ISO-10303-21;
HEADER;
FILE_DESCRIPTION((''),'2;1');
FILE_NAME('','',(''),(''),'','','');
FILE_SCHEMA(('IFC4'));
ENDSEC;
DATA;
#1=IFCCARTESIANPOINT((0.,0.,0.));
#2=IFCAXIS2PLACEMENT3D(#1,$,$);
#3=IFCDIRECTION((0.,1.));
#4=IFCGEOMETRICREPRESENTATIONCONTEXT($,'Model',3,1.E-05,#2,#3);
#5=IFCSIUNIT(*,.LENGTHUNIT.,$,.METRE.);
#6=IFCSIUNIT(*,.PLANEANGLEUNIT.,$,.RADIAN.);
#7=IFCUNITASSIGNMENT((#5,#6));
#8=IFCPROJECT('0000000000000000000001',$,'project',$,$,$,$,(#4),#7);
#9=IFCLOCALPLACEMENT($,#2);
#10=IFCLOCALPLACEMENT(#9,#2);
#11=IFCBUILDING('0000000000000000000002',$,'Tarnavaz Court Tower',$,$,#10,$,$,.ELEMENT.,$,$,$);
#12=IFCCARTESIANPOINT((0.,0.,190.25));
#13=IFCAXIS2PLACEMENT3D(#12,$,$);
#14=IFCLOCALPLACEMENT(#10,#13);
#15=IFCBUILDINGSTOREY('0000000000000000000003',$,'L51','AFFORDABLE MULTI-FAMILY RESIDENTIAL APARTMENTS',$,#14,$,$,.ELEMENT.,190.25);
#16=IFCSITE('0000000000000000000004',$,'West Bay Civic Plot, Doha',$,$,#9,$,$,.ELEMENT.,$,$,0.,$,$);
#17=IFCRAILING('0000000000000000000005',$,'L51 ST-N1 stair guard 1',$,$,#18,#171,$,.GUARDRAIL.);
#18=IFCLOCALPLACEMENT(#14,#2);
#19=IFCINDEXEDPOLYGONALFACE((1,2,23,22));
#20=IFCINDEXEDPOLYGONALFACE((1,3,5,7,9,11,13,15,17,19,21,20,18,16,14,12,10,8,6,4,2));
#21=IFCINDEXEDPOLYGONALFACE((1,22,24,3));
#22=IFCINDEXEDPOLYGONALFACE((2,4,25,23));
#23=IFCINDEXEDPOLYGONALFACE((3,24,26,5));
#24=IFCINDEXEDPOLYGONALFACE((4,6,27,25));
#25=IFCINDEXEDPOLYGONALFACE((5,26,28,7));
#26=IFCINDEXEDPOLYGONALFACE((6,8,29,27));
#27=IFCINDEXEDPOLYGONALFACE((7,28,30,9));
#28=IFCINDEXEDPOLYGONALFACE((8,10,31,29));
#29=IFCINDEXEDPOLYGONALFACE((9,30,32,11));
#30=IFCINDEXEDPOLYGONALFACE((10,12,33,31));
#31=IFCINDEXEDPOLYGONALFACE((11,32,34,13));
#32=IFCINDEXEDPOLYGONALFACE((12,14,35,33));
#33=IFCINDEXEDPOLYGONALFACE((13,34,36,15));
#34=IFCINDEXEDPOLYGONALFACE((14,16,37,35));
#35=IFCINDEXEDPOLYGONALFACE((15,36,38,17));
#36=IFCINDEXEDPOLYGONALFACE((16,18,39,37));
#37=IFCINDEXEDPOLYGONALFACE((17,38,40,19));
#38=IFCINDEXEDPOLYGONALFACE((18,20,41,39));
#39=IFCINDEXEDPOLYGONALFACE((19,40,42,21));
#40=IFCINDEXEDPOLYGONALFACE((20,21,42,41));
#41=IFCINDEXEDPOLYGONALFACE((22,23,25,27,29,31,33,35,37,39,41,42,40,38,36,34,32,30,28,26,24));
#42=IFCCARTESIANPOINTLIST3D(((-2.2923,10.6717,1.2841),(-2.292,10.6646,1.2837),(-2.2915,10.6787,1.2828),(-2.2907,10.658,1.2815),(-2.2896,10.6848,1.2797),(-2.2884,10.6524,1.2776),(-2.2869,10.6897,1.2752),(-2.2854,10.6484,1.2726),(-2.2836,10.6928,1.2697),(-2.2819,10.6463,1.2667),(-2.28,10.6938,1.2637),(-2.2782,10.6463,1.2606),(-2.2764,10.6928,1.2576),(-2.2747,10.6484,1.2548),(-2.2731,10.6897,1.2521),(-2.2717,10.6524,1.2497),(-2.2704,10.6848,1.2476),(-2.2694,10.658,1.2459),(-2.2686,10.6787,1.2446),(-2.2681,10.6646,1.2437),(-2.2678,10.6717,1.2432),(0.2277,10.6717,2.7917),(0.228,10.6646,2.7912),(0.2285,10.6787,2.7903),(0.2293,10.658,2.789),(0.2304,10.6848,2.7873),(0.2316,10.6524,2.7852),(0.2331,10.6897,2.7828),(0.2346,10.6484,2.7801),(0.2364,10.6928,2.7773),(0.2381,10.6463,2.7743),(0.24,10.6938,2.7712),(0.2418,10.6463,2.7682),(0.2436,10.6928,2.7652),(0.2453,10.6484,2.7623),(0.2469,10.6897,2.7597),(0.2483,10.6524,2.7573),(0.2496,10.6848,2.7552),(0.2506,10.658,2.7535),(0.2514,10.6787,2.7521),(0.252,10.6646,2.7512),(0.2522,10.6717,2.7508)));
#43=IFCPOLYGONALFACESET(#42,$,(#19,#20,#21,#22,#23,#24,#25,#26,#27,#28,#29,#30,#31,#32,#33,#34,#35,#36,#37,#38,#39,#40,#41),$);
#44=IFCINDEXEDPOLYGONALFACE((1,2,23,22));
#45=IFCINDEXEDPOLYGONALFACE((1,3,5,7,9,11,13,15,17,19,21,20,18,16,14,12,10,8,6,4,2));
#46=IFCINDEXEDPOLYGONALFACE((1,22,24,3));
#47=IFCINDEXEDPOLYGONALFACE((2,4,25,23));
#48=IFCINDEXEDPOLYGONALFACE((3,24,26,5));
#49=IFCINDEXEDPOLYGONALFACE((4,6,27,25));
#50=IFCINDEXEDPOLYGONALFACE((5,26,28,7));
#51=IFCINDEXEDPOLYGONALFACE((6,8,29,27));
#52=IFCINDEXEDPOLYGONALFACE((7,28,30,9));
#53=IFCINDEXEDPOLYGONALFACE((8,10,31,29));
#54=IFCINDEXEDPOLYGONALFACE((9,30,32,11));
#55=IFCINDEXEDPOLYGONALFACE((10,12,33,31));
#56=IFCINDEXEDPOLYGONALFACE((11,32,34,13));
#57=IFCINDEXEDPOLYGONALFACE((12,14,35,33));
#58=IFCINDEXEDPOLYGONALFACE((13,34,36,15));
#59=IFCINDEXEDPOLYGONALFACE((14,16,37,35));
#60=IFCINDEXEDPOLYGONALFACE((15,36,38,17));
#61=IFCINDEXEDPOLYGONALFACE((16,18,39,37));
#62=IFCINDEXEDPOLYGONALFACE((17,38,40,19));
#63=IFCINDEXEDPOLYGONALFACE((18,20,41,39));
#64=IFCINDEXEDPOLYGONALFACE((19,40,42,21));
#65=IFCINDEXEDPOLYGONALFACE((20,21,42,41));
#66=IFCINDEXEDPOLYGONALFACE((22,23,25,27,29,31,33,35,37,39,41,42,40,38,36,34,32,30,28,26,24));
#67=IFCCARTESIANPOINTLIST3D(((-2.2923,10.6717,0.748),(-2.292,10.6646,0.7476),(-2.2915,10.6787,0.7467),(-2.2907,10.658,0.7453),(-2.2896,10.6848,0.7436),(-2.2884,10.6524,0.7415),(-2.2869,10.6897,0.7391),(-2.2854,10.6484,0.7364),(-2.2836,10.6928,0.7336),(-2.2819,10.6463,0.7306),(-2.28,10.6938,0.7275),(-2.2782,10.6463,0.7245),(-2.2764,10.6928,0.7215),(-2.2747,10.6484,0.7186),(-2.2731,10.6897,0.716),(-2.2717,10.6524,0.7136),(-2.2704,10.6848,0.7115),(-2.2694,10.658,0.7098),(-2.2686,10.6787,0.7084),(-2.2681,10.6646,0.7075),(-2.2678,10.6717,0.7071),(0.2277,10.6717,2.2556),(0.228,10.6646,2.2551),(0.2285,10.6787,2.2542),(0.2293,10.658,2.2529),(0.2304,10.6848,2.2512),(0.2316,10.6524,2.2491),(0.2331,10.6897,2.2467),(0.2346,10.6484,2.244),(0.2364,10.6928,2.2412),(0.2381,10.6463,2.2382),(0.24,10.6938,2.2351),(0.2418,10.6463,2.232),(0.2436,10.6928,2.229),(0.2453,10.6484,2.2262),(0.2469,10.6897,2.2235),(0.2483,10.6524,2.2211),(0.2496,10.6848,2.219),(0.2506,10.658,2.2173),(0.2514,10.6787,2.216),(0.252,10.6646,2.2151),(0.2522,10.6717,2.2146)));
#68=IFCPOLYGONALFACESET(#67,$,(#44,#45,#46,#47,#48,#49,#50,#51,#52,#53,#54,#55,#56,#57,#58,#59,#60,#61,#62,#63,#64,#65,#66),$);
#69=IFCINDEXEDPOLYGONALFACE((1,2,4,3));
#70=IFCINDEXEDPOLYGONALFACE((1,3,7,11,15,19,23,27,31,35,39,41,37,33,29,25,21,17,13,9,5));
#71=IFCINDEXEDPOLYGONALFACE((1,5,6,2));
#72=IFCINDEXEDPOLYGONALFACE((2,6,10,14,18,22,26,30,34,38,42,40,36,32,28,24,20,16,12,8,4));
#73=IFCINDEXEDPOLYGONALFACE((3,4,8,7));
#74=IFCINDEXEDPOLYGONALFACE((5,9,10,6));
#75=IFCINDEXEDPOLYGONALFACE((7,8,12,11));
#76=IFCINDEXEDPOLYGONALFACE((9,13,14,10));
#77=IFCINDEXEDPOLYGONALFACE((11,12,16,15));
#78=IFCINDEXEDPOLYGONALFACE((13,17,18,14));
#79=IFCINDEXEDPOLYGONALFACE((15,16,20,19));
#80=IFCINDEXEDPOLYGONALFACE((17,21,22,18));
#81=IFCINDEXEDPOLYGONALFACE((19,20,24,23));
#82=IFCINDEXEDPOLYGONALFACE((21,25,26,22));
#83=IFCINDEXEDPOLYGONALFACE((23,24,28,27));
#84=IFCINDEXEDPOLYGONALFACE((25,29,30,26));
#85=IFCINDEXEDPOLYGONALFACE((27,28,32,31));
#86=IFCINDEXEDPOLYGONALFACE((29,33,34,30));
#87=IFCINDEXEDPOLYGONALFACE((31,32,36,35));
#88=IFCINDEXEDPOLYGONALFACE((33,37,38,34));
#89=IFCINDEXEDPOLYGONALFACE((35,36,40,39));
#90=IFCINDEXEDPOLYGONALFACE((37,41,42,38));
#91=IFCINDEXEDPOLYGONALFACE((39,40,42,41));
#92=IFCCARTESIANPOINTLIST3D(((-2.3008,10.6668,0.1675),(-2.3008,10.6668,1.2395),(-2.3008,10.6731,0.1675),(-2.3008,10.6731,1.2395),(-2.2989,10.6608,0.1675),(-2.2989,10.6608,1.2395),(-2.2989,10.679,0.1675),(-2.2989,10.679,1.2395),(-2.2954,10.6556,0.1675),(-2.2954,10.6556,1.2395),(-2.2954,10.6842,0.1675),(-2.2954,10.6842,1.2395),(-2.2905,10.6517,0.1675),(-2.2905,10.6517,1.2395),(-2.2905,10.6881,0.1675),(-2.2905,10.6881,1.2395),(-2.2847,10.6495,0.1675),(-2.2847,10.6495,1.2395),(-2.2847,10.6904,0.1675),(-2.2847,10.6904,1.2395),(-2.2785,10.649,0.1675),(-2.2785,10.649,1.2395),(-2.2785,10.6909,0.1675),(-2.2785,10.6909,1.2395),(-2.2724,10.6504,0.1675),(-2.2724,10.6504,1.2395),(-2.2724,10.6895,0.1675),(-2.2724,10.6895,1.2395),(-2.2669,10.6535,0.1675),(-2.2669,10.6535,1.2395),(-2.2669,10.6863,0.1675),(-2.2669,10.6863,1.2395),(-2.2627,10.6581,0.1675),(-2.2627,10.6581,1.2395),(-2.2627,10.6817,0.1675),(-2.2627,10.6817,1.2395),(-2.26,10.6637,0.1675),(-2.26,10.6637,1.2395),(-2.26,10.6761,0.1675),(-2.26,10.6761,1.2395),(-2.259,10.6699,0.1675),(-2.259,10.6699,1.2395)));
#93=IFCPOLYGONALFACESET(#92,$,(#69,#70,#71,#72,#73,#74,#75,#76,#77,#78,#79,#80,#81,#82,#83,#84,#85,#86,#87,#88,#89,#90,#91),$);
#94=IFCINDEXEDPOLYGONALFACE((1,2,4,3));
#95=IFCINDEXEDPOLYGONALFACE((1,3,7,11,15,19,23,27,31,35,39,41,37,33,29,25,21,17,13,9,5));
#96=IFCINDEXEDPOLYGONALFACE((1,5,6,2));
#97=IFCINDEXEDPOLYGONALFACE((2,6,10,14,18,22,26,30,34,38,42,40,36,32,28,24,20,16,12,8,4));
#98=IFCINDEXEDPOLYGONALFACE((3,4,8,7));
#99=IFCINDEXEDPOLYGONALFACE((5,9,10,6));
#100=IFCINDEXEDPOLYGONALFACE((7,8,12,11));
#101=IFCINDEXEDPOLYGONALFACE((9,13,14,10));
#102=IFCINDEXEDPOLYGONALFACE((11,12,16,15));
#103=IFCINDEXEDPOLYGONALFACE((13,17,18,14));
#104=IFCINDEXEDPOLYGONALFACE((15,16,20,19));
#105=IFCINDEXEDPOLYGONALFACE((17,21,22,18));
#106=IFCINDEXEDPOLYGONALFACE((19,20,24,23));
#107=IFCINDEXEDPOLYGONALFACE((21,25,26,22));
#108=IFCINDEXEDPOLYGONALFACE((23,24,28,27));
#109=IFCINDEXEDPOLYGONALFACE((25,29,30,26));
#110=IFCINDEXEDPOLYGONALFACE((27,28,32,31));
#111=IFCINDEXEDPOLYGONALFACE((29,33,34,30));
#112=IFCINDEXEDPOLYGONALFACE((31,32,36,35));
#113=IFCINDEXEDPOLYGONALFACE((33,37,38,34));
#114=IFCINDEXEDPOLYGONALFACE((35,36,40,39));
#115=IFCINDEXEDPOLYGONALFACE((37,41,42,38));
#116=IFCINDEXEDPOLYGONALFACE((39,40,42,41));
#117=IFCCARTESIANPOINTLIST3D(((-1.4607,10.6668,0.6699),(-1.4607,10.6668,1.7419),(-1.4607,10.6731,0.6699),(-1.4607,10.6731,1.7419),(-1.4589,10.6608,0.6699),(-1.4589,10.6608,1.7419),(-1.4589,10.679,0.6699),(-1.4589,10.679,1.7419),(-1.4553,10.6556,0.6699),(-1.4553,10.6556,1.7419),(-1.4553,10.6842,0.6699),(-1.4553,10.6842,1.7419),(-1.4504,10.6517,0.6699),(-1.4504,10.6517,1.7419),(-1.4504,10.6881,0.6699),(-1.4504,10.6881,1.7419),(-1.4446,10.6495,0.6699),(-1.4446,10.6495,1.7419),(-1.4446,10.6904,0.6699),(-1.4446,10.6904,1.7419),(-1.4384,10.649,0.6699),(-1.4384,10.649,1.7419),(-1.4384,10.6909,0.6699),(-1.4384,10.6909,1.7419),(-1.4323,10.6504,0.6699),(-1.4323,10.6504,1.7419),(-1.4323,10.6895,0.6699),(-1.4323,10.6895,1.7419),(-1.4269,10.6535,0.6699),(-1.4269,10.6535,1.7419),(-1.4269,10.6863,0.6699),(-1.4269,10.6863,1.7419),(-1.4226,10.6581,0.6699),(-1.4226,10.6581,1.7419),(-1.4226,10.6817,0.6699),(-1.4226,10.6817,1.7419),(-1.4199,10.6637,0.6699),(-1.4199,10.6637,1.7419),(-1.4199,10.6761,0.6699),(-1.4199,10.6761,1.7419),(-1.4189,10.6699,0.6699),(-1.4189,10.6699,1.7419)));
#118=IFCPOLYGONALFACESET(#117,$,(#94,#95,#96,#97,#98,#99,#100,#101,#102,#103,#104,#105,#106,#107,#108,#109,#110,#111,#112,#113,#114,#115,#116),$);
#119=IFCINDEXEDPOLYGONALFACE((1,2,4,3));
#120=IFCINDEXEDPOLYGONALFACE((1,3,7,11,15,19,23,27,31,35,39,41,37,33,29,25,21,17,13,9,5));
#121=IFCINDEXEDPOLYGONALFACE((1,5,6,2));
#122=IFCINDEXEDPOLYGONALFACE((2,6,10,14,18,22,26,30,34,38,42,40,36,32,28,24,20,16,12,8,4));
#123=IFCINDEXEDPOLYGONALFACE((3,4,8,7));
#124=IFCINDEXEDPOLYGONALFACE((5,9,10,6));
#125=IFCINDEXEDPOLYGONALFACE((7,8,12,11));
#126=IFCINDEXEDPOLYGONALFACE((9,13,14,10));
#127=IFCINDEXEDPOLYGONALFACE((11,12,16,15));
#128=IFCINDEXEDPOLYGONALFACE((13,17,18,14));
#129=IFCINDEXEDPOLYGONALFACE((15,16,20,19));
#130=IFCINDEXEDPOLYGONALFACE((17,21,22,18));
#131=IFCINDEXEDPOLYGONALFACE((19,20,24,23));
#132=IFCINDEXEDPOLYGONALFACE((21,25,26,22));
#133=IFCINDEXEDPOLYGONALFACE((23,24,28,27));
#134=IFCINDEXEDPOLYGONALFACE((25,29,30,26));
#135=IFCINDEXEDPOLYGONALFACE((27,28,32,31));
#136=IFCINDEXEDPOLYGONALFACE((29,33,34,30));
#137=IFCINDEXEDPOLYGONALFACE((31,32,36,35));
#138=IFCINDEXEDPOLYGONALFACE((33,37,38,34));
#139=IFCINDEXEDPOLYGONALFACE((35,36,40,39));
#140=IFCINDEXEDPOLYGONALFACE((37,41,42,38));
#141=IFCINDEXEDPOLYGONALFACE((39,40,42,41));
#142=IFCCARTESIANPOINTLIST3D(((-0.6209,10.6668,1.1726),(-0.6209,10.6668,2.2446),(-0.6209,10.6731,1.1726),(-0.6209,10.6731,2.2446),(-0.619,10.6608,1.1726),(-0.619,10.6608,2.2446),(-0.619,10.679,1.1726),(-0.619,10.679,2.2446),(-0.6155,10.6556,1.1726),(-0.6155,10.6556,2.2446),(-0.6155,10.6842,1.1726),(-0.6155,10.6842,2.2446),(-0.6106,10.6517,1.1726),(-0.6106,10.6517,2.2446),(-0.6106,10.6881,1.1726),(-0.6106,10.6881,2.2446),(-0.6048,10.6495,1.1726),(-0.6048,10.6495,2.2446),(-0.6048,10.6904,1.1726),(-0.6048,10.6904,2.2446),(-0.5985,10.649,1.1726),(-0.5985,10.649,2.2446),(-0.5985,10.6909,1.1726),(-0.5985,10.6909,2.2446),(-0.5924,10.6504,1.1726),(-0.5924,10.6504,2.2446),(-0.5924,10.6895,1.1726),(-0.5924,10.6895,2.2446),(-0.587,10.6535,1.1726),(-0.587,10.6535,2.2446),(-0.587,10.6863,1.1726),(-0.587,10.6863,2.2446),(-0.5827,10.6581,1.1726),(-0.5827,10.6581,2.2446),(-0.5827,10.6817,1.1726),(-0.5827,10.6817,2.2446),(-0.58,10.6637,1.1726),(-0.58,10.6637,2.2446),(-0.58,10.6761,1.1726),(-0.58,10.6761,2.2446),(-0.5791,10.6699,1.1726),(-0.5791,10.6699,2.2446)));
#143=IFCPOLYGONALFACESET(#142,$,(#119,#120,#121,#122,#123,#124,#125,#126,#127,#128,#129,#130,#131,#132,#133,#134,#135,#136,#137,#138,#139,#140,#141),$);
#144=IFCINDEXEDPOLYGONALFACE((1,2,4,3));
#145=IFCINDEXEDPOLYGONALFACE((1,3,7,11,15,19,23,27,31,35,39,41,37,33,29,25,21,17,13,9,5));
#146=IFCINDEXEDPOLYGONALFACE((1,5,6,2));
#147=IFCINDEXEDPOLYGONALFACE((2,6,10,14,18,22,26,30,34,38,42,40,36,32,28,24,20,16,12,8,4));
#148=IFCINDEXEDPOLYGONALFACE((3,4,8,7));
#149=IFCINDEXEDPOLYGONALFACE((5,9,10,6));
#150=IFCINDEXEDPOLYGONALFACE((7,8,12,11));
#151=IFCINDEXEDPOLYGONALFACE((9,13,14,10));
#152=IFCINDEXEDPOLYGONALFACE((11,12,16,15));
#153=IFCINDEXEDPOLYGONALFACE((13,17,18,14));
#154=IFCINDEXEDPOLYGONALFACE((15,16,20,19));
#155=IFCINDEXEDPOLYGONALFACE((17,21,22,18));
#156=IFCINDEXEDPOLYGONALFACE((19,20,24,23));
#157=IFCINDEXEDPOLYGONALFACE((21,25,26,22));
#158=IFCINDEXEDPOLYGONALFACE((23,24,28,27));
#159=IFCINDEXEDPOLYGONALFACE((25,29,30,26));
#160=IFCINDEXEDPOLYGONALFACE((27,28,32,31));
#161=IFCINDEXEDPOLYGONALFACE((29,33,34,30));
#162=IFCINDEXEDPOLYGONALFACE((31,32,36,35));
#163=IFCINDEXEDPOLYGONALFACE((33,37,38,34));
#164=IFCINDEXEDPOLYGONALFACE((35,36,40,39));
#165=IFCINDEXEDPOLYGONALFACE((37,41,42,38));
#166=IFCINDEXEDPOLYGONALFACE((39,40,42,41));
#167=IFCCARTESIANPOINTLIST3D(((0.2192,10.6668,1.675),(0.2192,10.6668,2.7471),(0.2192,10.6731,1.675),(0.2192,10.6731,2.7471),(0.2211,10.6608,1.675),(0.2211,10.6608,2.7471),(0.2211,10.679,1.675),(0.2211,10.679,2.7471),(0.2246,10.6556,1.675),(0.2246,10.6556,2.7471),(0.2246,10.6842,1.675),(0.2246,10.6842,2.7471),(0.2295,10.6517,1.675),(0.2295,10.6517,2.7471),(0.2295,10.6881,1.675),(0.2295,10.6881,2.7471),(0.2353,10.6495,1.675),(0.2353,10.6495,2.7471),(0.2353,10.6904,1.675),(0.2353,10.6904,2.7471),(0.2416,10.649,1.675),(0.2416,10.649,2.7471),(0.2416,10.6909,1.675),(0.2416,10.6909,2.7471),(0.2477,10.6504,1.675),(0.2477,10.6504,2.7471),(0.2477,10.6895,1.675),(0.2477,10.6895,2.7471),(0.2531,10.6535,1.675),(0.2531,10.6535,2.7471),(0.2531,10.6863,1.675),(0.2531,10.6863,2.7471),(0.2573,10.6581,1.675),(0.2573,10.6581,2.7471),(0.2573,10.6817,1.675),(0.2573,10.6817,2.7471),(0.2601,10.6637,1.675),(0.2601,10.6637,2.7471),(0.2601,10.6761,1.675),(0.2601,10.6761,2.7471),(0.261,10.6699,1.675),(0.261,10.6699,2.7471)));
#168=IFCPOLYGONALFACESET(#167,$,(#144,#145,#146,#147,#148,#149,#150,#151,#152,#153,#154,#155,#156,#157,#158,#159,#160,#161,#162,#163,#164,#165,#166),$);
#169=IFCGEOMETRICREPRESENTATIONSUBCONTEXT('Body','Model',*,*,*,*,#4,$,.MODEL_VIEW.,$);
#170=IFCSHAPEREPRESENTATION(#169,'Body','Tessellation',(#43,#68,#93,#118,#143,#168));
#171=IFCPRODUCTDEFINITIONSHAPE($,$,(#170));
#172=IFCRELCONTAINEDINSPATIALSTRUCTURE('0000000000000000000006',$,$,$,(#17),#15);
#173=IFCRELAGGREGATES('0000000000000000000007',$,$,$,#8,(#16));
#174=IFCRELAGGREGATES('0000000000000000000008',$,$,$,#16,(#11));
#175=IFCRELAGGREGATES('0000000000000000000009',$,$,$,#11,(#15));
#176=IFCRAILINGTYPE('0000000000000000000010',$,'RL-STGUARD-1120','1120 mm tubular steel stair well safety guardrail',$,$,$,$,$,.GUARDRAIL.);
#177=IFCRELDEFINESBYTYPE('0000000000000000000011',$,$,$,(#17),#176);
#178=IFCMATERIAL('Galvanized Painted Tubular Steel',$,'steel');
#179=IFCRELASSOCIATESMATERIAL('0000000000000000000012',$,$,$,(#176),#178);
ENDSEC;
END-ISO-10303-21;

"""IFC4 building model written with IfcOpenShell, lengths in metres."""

from ifc_helpers import new_model, si_unit, direction, frame, origin, origin_2d, place, context, subcontext, project, spatial, circle, extrude, material, type_object, element, save


model = new_model("IFC4")

# Units and contexts
model_context = context("Model", 3, precision=1e-05, world=origin(), true_north=direction((0.0, 1.0)))
body_context = subcontext(model_context, "Body", "Model", "MODEL_VIEW")
ifc_project = project(units=[si_unit("LENGTHUNIT", "METRE"), si_unit("PLANEANGLEUNIT", "RADIAN")], contexts=[model_context])

# Site, building, storey
site_placement = place(None, origin())
site = spatial("IfcSite", under=ifc_project, at=site_placement, Name="West Bay Civic Plot, Doha", CompositionType="ELEMENT", RefElevation=0.0)
building_placement = place(site_placement, origin())
building = spatial("IfcBuilding", under=site, at=building_placement, Name="Tarnavaz Court Tower", CompositionType="ELEMENT")
storey_placement = place(building_placement, frame((0.0, 0.0, 190.25)))
storey = spatial("IfcBuildingStorey", under=building, at=storey_placement, Name="L51", Description="AFFORDABLE MULTI-FAMILY RESIDENTIAL APARTMENTS", CompositionType="ELEMENT", Elevation=190.25)

# Railing
ifc_material_1 = material(Name="Galvanized Painted Tubular Steel", Category="steel")
railing_type = type_object("IfcRailingType", Name="RL-STGUARD-1120", Description="1120 mm tubular steel stair well safety guardrail", PredefinedType="GUARDRAIL", material=ifc_material_1)
railing_1_placement = place(storey_placement, frame((-2.28, 10.6699, 0.1675)))
element("IfcRailing", 1, at=railing_1_placement, inside=storey, type_object=railing_type, Name="L51 ST-N1 stair guard 1", PredefinedType="GUARDRAIL", context=body_context, shape_type="SweptSolid", body=[
    extrude(circle(Radius=0.0239, at=origin_2d()), frame((0.0, 0.0, 1.0962), z_axis=(0.85816, 0.0, 0.513383), x_axis=(0.0, 1.0, 0.0)), (0.0, 0.0, 1.0), 2.9365),
    extrude(circle(Radius=0.0239, at=origin_2d()), frame((0.0, 0.0, 0.5601), z_axis=(0.85816, 0.0, 0.513383), x_axis=(0.0, 1.0, 0.0)), (0.0, 0.0, 1.0), 2.9365),
    extrude(circle(Radius=0.021, at=origin_2d()), origin(), (0.0, 0.0, 1.0), 1.072),
    extrude(circle(Radius=0.021, at=origin_2d()), frame((0.8401, 0.0, 0.5024)), (0.0, 0.0, 1.0), 1.072),
    extrude(circle(Radius=0.021, at=origin_2d()), frame((1.6799, 0.0, 1.0051)), (0.0, 0.0, 1.0), 1.072),
    extrude(circle(Radius=0.021, at=origin_2d()), frame((2.52, 0.0, 1.5076)), (0.0, 0.0, 1.0), 1.072),
])

save(model, "model.ifc")
